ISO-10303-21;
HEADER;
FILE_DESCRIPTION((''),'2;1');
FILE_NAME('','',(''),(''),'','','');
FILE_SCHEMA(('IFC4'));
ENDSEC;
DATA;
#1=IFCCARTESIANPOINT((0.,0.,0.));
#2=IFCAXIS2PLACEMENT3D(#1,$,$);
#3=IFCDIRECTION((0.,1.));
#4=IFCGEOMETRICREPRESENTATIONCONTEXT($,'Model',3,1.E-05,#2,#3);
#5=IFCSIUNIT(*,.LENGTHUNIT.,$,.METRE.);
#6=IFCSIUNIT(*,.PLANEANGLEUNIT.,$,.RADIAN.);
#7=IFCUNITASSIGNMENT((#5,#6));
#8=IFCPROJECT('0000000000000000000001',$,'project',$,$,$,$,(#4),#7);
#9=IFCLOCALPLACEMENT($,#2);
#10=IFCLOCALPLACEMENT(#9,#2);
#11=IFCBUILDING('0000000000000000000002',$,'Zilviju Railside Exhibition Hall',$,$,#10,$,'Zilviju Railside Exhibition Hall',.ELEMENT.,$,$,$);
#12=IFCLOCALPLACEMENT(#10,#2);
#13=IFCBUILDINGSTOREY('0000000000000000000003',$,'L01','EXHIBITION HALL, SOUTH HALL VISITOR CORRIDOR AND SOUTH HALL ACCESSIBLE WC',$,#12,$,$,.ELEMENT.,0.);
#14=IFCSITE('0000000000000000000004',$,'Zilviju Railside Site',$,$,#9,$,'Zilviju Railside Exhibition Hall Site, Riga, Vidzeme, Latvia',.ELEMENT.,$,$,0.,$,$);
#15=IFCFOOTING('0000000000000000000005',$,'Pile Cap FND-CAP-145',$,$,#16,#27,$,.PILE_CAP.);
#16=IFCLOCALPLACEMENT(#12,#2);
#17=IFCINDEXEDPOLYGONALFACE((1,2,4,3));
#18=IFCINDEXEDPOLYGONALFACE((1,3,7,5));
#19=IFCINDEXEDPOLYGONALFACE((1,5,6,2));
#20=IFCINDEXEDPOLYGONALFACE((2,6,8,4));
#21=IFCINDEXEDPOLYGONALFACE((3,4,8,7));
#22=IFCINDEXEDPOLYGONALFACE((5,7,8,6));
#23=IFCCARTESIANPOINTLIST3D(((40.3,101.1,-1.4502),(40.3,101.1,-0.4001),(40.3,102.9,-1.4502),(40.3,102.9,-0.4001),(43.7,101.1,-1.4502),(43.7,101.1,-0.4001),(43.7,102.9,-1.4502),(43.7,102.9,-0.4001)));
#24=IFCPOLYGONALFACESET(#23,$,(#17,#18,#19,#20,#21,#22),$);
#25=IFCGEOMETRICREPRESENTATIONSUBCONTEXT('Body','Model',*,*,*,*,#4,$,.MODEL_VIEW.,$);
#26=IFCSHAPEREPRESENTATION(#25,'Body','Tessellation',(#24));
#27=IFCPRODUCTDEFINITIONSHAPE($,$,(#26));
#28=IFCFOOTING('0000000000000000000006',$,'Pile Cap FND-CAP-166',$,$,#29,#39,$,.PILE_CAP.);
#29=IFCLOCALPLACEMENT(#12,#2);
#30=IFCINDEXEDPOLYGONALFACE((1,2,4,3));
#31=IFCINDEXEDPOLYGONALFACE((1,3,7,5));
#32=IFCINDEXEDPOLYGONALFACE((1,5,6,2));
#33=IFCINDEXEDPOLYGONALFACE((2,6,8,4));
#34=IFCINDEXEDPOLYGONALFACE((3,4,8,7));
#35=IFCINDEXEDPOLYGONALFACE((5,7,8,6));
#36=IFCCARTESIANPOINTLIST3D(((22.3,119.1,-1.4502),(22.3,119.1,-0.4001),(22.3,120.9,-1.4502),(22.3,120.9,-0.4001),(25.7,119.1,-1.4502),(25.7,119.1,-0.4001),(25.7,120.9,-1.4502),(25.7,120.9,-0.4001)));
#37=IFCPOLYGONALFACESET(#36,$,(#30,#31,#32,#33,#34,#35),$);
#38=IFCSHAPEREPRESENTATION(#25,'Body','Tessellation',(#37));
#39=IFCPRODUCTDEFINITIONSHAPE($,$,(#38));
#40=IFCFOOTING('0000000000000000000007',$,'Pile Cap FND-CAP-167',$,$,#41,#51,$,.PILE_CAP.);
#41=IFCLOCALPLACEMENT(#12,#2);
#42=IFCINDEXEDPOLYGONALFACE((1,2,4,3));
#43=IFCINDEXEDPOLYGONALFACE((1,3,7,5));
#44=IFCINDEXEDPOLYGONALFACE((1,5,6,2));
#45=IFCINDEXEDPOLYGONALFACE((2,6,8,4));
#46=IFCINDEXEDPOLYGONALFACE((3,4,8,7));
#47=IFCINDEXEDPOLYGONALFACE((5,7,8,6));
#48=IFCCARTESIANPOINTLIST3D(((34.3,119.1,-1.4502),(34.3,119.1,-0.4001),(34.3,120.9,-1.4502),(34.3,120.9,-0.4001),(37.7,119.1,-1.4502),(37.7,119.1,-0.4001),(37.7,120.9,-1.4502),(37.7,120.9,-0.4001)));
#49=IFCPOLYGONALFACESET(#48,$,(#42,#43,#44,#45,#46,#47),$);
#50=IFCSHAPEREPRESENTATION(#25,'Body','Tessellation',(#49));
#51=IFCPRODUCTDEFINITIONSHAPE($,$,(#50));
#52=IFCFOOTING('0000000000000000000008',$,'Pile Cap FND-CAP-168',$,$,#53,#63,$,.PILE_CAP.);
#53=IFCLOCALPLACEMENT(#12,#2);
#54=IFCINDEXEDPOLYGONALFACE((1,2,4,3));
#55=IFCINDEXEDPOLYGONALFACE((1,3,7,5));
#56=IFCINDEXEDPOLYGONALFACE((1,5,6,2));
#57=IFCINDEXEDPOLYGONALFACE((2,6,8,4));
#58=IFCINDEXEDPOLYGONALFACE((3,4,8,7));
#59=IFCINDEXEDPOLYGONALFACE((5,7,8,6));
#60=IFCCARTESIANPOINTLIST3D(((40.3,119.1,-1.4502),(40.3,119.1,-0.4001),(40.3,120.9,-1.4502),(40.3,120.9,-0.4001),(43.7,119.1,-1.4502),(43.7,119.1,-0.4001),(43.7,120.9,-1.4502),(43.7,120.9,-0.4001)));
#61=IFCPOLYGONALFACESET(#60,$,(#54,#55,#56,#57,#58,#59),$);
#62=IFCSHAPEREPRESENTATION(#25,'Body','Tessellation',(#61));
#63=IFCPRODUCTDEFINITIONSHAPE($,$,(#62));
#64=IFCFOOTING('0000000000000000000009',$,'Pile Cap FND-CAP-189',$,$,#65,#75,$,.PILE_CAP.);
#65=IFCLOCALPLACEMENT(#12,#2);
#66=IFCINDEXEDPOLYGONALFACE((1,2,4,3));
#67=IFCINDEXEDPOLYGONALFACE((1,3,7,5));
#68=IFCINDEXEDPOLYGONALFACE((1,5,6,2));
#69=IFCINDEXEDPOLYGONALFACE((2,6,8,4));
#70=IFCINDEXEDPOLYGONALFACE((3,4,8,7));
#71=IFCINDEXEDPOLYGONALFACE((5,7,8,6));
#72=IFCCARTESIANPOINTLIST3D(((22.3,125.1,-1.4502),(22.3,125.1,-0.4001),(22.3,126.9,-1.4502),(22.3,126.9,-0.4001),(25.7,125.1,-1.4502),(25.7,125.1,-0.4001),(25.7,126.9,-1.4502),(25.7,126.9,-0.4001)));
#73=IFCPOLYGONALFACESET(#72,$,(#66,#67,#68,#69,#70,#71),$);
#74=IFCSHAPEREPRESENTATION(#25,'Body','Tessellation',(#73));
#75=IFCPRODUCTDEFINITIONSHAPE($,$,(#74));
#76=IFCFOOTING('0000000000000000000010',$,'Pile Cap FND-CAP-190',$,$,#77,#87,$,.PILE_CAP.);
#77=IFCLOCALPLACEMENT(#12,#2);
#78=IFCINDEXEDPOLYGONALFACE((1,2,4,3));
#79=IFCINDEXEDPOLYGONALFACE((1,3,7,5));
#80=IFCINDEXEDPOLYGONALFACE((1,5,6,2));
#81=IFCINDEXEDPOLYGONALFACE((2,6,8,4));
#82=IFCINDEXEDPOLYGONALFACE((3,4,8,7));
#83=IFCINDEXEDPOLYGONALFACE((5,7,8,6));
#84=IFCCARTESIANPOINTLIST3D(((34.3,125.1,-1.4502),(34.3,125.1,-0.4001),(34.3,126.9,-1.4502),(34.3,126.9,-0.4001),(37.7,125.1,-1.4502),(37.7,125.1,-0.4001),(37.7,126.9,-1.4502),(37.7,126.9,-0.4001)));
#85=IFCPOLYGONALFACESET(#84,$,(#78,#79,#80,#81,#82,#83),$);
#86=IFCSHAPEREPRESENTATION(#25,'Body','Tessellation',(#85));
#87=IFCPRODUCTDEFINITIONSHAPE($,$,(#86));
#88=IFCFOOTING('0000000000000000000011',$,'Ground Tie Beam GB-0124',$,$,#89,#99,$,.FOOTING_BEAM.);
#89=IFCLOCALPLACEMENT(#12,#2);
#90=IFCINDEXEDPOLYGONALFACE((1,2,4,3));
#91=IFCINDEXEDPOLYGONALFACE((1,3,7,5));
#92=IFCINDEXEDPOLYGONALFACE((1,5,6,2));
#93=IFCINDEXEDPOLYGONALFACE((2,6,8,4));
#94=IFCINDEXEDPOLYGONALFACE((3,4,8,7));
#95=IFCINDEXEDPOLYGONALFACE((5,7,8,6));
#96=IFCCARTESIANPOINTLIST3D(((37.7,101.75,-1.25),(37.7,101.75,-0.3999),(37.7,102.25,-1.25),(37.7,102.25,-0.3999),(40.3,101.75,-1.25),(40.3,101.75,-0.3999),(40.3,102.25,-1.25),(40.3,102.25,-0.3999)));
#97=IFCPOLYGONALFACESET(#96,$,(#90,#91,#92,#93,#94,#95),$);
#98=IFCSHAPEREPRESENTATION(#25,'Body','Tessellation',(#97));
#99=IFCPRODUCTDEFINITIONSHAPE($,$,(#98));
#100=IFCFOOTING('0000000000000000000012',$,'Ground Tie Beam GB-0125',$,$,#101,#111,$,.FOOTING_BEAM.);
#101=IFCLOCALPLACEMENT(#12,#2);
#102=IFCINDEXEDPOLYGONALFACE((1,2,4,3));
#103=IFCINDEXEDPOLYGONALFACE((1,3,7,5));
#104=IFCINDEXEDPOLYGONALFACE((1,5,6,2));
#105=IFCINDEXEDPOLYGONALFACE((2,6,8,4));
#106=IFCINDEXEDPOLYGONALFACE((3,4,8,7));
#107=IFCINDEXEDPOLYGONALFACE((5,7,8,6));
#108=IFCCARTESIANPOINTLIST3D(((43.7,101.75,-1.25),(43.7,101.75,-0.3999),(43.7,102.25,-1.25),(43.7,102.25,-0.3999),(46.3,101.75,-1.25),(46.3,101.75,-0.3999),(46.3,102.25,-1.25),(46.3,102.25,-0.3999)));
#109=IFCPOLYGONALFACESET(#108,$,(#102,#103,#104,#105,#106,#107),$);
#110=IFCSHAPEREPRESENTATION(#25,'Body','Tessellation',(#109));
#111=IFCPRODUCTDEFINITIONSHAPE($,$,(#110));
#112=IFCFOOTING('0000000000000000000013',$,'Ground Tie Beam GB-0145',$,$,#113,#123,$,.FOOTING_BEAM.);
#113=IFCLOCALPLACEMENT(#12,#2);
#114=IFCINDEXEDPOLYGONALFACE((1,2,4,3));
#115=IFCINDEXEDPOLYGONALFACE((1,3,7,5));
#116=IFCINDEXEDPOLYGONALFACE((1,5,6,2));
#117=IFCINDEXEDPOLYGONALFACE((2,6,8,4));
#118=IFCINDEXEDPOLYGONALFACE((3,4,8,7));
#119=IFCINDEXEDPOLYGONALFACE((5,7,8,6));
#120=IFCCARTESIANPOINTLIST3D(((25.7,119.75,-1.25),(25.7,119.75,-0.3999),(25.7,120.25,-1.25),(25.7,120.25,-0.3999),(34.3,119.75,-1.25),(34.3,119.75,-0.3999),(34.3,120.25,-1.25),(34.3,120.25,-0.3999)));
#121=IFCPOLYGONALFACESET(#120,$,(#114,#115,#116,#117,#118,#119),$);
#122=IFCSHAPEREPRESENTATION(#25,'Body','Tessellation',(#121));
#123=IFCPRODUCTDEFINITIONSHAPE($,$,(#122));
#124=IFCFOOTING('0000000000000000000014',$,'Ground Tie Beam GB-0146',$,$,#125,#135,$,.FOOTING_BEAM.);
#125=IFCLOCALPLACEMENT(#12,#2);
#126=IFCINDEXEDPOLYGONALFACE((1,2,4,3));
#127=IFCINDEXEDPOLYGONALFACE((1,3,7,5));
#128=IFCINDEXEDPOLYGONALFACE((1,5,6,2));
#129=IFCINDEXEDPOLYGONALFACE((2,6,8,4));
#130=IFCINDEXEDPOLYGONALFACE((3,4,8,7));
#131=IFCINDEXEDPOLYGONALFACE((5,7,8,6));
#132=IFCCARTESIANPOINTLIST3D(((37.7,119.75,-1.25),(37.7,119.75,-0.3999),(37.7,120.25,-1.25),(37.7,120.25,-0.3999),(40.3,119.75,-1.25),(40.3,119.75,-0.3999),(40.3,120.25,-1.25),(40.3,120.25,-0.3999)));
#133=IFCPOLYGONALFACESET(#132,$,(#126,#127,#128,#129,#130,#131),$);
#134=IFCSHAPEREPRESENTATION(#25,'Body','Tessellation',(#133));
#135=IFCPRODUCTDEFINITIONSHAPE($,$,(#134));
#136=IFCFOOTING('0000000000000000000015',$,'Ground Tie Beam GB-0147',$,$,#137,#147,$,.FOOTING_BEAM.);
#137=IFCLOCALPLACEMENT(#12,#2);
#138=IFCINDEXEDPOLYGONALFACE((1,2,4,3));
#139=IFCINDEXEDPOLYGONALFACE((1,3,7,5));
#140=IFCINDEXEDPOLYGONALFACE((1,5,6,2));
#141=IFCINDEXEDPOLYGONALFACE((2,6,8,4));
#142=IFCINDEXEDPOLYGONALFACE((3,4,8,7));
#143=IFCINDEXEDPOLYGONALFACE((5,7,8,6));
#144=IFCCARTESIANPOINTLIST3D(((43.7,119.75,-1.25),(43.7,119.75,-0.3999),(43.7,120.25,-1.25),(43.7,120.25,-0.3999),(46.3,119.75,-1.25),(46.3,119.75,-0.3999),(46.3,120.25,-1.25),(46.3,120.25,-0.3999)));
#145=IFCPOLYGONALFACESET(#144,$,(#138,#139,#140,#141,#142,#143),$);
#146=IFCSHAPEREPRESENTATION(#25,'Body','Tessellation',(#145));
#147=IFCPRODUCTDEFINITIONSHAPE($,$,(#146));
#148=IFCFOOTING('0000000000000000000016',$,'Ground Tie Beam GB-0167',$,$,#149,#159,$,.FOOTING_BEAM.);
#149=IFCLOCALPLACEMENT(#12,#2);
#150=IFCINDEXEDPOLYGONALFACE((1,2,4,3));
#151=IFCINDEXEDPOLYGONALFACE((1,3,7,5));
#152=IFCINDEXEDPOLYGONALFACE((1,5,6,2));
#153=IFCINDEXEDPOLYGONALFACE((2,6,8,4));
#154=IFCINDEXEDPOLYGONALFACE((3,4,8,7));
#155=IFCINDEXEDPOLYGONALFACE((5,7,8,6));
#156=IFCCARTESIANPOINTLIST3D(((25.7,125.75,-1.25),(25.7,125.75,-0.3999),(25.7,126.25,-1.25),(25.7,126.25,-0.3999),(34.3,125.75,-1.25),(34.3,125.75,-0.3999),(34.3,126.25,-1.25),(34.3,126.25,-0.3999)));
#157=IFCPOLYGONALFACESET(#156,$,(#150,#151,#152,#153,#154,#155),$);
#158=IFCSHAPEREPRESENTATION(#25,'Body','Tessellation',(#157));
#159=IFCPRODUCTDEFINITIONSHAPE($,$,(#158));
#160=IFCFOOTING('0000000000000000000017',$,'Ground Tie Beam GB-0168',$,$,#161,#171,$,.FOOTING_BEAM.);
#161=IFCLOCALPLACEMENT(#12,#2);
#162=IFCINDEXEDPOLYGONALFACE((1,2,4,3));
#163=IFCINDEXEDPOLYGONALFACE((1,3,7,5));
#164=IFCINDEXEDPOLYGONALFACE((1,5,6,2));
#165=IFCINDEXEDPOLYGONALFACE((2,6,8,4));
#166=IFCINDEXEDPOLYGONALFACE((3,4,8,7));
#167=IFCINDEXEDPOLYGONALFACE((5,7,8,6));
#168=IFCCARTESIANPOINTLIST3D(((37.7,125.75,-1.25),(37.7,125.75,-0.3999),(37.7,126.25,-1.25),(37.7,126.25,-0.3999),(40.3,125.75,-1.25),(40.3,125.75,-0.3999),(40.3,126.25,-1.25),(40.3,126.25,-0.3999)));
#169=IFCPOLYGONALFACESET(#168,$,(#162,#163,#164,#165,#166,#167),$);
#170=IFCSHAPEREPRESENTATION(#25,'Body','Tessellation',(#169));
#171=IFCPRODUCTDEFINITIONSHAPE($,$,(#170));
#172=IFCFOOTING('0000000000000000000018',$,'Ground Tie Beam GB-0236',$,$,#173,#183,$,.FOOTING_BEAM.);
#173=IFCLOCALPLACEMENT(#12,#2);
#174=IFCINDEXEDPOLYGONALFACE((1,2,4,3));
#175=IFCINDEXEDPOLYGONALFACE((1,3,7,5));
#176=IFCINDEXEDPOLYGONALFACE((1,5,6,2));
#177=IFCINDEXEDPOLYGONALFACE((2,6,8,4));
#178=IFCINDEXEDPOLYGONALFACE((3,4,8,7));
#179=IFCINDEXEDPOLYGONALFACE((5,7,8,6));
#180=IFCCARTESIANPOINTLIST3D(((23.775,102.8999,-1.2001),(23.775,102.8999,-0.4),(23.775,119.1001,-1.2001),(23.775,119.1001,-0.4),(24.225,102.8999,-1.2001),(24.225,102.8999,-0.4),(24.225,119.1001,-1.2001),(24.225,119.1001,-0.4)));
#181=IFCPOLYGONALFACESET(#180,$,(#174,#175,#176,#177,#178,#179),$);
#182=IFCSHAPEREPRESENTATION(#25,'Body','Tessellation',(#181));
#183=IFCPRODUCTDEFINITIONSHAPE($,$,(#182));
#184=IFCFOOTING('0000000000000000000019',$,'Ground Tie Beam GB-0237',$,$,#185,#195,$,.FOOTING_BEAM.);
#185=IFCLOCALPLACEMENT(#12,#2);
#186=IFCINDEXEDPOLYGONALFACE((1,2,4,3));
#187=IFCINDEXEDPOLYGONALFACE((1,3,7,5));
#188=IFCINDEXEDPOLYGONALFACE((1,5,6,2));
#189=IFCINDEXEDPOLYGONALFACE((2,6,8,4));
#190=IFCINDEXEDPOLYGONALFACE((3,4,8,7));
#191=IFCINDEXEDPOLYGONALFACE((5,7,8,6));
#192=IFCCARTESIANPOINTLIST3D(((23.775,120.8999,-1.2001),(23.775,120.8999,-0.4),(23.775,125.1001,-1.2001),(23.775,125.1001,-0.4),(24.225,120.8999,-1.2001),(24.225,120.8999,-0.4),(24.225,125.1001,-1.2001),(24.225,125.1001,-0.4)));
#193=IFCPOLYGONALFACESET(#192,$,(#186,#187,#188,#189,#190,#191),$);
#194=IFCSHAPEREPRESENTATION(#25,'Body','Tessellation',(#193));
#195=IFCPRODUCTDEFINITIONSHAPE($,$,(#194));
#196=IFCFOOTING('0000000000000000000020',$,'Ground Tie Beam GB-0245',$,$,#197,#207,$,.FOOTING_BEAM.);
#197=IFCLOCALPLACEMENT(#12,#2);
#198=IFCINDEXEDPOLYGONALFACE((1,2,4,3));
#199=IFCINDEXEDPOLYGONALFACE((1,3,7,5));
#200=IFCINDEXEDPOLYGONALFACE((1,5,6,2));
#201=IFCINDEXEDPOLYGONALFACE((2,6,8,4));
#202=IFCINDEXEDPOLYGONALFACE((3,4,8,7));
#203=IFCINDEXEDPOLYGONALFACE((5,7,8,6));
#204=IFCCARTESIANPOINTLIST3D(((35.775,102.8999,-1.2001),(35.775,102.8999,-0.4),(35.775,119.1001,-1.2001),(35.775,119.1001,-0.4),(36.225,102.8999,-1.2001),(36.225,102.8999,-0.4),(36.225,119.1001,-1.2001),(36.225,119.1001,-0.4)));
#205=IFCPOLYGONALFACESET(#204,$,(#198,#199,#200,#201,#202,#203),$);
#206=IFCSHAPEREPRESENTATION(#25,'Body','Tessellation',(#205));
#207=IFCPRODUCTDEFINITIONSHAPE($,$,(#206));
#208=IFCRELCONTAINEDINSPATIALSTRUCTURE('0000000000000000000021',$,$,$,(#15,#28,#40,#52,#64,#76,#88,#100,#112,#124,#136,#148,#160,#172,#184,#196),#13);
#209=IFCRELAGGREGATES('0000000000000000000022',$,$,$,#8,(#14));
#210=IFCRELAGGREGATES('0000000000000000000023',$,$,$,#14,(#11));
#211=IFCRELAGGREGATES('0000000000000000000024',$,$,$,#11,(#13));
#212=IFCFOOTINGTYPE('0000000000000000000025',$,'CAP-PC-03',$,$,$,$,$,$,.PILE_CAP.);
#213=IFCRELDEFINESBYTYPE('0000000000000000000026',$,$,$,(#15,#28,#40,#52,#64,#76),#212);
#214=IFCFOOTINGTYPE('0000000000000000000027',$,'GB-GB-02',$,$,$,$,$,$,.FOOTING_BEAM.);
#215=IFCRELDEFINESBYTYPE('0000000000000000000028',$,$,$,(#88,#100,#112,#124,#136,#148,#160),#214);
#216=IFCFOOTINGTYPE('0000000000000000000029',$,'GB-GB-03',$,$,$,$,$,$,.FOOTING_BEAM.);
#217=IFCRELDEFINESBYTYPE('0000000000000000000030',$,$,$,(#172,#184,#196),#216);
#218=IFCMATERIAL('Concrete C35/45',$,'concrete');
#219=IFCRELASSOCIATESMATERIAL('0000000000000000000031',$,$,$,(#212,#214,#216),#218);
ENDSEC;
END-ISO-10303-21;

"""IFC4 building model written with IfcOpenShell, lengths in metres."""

from ifc_helpers import new_model, si_unit, direction, frame, origin, origin_2d, place, context, subcontext, project, spatial, rectangle, extrude, material, material_profile, profile_set, type_object, element, save


model = new_model("IFC4")

# Units and contexts
model_context = context("Model", 3, precision=1e-05, world=origin(), true_north=direction((0.0, 1.0)))
body_context = subcontext(model_context, "Body", "Model", "MODEL_VIEW")
ifc_project = project(units=[si_unit("LENGTHUNIT", "METRE"), si_unit("PLANEANGLEUNIT", "RADIAN")], contexts=[model_context])

# Site, building, storey
site_placement = place(None, origin())
site = spatial("IfcSite", under=ifc_project, at=site_placement, Name="Zilviju Railside Site", LongName="Zilviju Railside Exhibition Hall Site, Riga, Vidzeme, Latvia", CompositionType="ELEMENT", RefElevation=0.0)
building_placement = place(site_placement, origin())
building = spatial("IfcBuilding", under=site, at=building_placement, Name="Zilviju Railside Exhibition Hall", LongName="Zilviju Railside Exhibition Hall", CompositionType="ELEMENT")
storey_placement = place(building_placement, origin())
storey = spatial("IfcBuildingStorey", under=building, at=storey_placement, Name="L01", Description="EXHIBITION HALL, SOUTH HALL VISITOR CORRIDOR AND SOUTH HALL ACCESSIBLE WC", CompositionType="ELEMENT", Elevation=0.0)

# Footings
ifc_material = material(Name="Concrete C35/45", Category="concrete")
footing_type_1 = type_object("IfcFootingType", Name="CAP-PC-03", PredefinedType="PILE_CAP", material=ifc_material)
for number, where, z_axis, x_axis, name in (
    (1, (42.0, 102.0, -1.4502), (0.0, 0.0, 1.0), (1.0, 0.0, 0.0), "Pile Cap FND-CAP-145"),
    (2, (24.0, 120.0, -1.4502), (0.0, 0.0, 1.0), (1.0, 0.0, 0.0), "Pile Cap FND-CAP-166"),
    (3, (36.0, 120.0, -1.4502), (0.0, 0.0, 1.0), (1.0, 0.0, 0.0), "Pile Cap FND-CAP-167"),
    (4, (42.0, 120.0, -1.4502), (0.0, 0.0, 1.0), (1.0, 0.0, 0.0), "Pile Cap FND-CAP-168"),
    (5, (24.0, 126.0, -1.4502), (0.0, 0.0, 1.0), (1.0, 0.0, 0.0), "Pile Cap FND-CAP-189"),
    (6, (36.0, 126.0, -1.4502), (0.0, 0.0, 1.0), (1.0, 0.0, 0.0), "Pile Cap FND-CAP-190"),
):
    element("IfcFooting", number, at=place(storey_placement, frame(where, z_axis=z_axis, x_axis=x_axis)), inside=storey, type_object=footing_type_1, Name=name, PredefinedType="PILE_CAP", context=body_context, shape_type="SweptSolid", body=[
        extrude(rectangle(XDim=3.3999, YDim=1.8, at=origin_2d()), origin(), (0.0, 0.0, 1.0), 1.05),
    ])
ifc_material_profile_1 = material_profile(ifc_material, rectangle(XDim=0.5, YDim=0.8501, at=origin_2d()), Name="TIE BEAM 500x850")
ifc_profile_set_1 = profile_set([ifc_material_profile_1], Name="Concrete C35/45")
footing_type_2 = type_object("IfcFootingType", Name="GB-GB-02", PredefinedType="FOOTING_BEAM", material=ifc_profile_set_1)
for number, where, z_axis, x_axis, name in (
    (7, (37.7, 102.0, -0.825), (1.0, 0.0, 0.0), (0.0, 1.0, 0.0), "Ground Tie Beam GB-0124"),
    (8, (43.7, 102.0, -0.825), (1.0, 0.0, 0.0), (0.0, 1.0, 0.0), "Ground Tie Beam GB-0125"),
):
    element("IfcFooting", number, at=place(storey_placement, frame(where, z_axis=z_axis, x_axis=x_axis)), inside=storey, type_object=footing_type_2, Name=name, PredefinedType="FOOTING_BEAM", context=body_context, shape_type="SweptSolid", body=[
        extrude(rectangle(XDim=0.5, YDim=0.8501, at=origin_2d()), origin(), (0.0, 0.0, 1.0), 2.6001),
    ])
footing_1_placement = place(storey_placement, frame((25.7, 120.0, -0.825), z_axis=(1.0, 0.0, 0.0), x_axis=(0.0, 1.0, 0.0)))
element("IfcFooting", 9, at=footing_1_placement, inside=storey, type_object=footing_type_2, Name="Ground Tie Beam GB-0145", PredefinedType="FOOTING_BEAM", context=body_context, shape_type="SweptSolid", body=[
    extrude(rectangle(XDim=0.5, YDim=0.8501, at=origin_2d()), origin(), (0.0, 0.0, 1.0), 8.6001),
])
for number, where, z_axis, x_axis, name in (
    (10, (37.7, 120.0, -0.825), (1.0, 0.0, 0.0), (0.0, 1.0, 0.0), "Ground Tie Beam GB-0146"),
    (11, (43.7, 120.0, -0.825), (1.0, 0.0, 0.0), (0.0, 1.0, 0.0), "Ground Tie Beam GB-0147"),
):
    element("IfcFooting", number, at=place(storey_placement, frame(where, z_axis=z_axis, x_axis=x_axis)), inside=storey, type_object=footing_type_2, Name=name, PredefinedType="FOOTING_BEAM", context=body_context, shape_type="SweptSolid", body=[
        extrude(rectangle(XDim=0.5, YDim=0.8501, at=origin_2d()), origin(), (0.0, 0.0, 1.0), 2.6001),
    ])
footing_2_placement = place(storey_placement, frame((25.7, 126.0, -0.825), z_axis=(1.0, 0.0, 0.0), x_axis=(0.0, 1.0, 0.0)))
element("IfcFooting", 12, at=footing_2_placement, inside=storey, type_object=footing_type_2, Name="Ground Tie Beam GB-0167", PredefinedType="FOOTING_BEAM", context=body_context, shape_type="SweptSolid", body=[
    extrude(rectangle(XDim=0.5, YDim=0.8501, at=origin_2d()), origin(), (0.0, 0.0, 1.0), 8.6001),
])
footing_3_placement = place(storey_placement, frame((37.7, 126.0, -0.825), z_axis=(1.0, 0.0, 0.0), x_axis=(0.0, 1.0, 0.0)))
element("IfcFooting", 13, at=footing_3_placement, inside=storey, type_object=footing_type_2, Name="Ground Tie Beam GB-0168", PredefinedType="FOOTING_BEAM", context=body_context, shape_type="SweptSolid", body=[
    extrude(rectangle(XDim=0.5, YDim=0.8501, at=origin_2d()), origin(), (0.0, 0.0, 1.0), 2.6001),
])
ifc_material_profile_2 = material_profile(ifc_material, rectangle(XDim=0.45, YDim=0.8, at=origin_2d()), Name="TIE BEAM 450x800")
ifc_profile_set_2 = profile_set([ifc_material_profile_2], Name="Concrete C35/45")
footing_type_3 = type_object("IfcFootingType", Name="GB-GB-03", PredefinedType="FOOTING_BEAM", material=ifc_profile_set_2)
footing_4_placement = place(storey_placement, frame((24.0, 102.8999, -0.8), z_axis=(0.0, 1.0, 0.0), x_axis=(-1.0, 0.0, 0.0)))
element("IfcFooting", 14, at=footing_4_placement, inside=storey, type_object=footing_type_3, Name="Ground Tie Beam GB-0236", PredefinedType="FOOTING_BEAM", context=body_context, shape_type="SweptSolid", body=[
    extrude(rectangle(XDim=0.45, YDim=0.8, at=origin_2d()), origin(), (0.0, 0.0, 1.0), 16.2002),
])
footing_5_placement = place(storey_placement, frame((24.0, 120.8999, -0.8), z_axis=(0.0, 1.0, 0.0), x_axis=(-1.0, 0.0, 0.0)))
element("IfcFooting", 15, at=footing_5_placement, inside=storey, type_object=footing_type_3, Name="Ground Tie Beam GB-0237", PredefinedType="FOOTING_BEAM", context=body_context, shape_type="SweptSolid", body=[
    extrude(rectangle(XDim=0.45, YDim=0.8, at=origin_2d()), origin(), (0.0, 0.0, 1.0), 4.2002),
])
footing_6_placement = place(storey_placement, frame((36.0, 102.8999, -0.8), z_axis=(0.0, 1.0, 0.0), x_axis=(-1.0, 0.0, 0.0)))
element("IfcFooting", 16, at=footing_6_placement, inside=storey, type_object=footing_type_3, Name="Ground Tie Beam GB-0245", PredefinedType="FOOTING_BEAM", context=body_context, shape_type="SweptSolid", body=[
    extrude(rectangle(XDim=0.45, YDim=0.8, at=origin_2d()), origin(), (0.0, 0.0, 1.0), 16.2002),
])

save(model, "model.ifc")
